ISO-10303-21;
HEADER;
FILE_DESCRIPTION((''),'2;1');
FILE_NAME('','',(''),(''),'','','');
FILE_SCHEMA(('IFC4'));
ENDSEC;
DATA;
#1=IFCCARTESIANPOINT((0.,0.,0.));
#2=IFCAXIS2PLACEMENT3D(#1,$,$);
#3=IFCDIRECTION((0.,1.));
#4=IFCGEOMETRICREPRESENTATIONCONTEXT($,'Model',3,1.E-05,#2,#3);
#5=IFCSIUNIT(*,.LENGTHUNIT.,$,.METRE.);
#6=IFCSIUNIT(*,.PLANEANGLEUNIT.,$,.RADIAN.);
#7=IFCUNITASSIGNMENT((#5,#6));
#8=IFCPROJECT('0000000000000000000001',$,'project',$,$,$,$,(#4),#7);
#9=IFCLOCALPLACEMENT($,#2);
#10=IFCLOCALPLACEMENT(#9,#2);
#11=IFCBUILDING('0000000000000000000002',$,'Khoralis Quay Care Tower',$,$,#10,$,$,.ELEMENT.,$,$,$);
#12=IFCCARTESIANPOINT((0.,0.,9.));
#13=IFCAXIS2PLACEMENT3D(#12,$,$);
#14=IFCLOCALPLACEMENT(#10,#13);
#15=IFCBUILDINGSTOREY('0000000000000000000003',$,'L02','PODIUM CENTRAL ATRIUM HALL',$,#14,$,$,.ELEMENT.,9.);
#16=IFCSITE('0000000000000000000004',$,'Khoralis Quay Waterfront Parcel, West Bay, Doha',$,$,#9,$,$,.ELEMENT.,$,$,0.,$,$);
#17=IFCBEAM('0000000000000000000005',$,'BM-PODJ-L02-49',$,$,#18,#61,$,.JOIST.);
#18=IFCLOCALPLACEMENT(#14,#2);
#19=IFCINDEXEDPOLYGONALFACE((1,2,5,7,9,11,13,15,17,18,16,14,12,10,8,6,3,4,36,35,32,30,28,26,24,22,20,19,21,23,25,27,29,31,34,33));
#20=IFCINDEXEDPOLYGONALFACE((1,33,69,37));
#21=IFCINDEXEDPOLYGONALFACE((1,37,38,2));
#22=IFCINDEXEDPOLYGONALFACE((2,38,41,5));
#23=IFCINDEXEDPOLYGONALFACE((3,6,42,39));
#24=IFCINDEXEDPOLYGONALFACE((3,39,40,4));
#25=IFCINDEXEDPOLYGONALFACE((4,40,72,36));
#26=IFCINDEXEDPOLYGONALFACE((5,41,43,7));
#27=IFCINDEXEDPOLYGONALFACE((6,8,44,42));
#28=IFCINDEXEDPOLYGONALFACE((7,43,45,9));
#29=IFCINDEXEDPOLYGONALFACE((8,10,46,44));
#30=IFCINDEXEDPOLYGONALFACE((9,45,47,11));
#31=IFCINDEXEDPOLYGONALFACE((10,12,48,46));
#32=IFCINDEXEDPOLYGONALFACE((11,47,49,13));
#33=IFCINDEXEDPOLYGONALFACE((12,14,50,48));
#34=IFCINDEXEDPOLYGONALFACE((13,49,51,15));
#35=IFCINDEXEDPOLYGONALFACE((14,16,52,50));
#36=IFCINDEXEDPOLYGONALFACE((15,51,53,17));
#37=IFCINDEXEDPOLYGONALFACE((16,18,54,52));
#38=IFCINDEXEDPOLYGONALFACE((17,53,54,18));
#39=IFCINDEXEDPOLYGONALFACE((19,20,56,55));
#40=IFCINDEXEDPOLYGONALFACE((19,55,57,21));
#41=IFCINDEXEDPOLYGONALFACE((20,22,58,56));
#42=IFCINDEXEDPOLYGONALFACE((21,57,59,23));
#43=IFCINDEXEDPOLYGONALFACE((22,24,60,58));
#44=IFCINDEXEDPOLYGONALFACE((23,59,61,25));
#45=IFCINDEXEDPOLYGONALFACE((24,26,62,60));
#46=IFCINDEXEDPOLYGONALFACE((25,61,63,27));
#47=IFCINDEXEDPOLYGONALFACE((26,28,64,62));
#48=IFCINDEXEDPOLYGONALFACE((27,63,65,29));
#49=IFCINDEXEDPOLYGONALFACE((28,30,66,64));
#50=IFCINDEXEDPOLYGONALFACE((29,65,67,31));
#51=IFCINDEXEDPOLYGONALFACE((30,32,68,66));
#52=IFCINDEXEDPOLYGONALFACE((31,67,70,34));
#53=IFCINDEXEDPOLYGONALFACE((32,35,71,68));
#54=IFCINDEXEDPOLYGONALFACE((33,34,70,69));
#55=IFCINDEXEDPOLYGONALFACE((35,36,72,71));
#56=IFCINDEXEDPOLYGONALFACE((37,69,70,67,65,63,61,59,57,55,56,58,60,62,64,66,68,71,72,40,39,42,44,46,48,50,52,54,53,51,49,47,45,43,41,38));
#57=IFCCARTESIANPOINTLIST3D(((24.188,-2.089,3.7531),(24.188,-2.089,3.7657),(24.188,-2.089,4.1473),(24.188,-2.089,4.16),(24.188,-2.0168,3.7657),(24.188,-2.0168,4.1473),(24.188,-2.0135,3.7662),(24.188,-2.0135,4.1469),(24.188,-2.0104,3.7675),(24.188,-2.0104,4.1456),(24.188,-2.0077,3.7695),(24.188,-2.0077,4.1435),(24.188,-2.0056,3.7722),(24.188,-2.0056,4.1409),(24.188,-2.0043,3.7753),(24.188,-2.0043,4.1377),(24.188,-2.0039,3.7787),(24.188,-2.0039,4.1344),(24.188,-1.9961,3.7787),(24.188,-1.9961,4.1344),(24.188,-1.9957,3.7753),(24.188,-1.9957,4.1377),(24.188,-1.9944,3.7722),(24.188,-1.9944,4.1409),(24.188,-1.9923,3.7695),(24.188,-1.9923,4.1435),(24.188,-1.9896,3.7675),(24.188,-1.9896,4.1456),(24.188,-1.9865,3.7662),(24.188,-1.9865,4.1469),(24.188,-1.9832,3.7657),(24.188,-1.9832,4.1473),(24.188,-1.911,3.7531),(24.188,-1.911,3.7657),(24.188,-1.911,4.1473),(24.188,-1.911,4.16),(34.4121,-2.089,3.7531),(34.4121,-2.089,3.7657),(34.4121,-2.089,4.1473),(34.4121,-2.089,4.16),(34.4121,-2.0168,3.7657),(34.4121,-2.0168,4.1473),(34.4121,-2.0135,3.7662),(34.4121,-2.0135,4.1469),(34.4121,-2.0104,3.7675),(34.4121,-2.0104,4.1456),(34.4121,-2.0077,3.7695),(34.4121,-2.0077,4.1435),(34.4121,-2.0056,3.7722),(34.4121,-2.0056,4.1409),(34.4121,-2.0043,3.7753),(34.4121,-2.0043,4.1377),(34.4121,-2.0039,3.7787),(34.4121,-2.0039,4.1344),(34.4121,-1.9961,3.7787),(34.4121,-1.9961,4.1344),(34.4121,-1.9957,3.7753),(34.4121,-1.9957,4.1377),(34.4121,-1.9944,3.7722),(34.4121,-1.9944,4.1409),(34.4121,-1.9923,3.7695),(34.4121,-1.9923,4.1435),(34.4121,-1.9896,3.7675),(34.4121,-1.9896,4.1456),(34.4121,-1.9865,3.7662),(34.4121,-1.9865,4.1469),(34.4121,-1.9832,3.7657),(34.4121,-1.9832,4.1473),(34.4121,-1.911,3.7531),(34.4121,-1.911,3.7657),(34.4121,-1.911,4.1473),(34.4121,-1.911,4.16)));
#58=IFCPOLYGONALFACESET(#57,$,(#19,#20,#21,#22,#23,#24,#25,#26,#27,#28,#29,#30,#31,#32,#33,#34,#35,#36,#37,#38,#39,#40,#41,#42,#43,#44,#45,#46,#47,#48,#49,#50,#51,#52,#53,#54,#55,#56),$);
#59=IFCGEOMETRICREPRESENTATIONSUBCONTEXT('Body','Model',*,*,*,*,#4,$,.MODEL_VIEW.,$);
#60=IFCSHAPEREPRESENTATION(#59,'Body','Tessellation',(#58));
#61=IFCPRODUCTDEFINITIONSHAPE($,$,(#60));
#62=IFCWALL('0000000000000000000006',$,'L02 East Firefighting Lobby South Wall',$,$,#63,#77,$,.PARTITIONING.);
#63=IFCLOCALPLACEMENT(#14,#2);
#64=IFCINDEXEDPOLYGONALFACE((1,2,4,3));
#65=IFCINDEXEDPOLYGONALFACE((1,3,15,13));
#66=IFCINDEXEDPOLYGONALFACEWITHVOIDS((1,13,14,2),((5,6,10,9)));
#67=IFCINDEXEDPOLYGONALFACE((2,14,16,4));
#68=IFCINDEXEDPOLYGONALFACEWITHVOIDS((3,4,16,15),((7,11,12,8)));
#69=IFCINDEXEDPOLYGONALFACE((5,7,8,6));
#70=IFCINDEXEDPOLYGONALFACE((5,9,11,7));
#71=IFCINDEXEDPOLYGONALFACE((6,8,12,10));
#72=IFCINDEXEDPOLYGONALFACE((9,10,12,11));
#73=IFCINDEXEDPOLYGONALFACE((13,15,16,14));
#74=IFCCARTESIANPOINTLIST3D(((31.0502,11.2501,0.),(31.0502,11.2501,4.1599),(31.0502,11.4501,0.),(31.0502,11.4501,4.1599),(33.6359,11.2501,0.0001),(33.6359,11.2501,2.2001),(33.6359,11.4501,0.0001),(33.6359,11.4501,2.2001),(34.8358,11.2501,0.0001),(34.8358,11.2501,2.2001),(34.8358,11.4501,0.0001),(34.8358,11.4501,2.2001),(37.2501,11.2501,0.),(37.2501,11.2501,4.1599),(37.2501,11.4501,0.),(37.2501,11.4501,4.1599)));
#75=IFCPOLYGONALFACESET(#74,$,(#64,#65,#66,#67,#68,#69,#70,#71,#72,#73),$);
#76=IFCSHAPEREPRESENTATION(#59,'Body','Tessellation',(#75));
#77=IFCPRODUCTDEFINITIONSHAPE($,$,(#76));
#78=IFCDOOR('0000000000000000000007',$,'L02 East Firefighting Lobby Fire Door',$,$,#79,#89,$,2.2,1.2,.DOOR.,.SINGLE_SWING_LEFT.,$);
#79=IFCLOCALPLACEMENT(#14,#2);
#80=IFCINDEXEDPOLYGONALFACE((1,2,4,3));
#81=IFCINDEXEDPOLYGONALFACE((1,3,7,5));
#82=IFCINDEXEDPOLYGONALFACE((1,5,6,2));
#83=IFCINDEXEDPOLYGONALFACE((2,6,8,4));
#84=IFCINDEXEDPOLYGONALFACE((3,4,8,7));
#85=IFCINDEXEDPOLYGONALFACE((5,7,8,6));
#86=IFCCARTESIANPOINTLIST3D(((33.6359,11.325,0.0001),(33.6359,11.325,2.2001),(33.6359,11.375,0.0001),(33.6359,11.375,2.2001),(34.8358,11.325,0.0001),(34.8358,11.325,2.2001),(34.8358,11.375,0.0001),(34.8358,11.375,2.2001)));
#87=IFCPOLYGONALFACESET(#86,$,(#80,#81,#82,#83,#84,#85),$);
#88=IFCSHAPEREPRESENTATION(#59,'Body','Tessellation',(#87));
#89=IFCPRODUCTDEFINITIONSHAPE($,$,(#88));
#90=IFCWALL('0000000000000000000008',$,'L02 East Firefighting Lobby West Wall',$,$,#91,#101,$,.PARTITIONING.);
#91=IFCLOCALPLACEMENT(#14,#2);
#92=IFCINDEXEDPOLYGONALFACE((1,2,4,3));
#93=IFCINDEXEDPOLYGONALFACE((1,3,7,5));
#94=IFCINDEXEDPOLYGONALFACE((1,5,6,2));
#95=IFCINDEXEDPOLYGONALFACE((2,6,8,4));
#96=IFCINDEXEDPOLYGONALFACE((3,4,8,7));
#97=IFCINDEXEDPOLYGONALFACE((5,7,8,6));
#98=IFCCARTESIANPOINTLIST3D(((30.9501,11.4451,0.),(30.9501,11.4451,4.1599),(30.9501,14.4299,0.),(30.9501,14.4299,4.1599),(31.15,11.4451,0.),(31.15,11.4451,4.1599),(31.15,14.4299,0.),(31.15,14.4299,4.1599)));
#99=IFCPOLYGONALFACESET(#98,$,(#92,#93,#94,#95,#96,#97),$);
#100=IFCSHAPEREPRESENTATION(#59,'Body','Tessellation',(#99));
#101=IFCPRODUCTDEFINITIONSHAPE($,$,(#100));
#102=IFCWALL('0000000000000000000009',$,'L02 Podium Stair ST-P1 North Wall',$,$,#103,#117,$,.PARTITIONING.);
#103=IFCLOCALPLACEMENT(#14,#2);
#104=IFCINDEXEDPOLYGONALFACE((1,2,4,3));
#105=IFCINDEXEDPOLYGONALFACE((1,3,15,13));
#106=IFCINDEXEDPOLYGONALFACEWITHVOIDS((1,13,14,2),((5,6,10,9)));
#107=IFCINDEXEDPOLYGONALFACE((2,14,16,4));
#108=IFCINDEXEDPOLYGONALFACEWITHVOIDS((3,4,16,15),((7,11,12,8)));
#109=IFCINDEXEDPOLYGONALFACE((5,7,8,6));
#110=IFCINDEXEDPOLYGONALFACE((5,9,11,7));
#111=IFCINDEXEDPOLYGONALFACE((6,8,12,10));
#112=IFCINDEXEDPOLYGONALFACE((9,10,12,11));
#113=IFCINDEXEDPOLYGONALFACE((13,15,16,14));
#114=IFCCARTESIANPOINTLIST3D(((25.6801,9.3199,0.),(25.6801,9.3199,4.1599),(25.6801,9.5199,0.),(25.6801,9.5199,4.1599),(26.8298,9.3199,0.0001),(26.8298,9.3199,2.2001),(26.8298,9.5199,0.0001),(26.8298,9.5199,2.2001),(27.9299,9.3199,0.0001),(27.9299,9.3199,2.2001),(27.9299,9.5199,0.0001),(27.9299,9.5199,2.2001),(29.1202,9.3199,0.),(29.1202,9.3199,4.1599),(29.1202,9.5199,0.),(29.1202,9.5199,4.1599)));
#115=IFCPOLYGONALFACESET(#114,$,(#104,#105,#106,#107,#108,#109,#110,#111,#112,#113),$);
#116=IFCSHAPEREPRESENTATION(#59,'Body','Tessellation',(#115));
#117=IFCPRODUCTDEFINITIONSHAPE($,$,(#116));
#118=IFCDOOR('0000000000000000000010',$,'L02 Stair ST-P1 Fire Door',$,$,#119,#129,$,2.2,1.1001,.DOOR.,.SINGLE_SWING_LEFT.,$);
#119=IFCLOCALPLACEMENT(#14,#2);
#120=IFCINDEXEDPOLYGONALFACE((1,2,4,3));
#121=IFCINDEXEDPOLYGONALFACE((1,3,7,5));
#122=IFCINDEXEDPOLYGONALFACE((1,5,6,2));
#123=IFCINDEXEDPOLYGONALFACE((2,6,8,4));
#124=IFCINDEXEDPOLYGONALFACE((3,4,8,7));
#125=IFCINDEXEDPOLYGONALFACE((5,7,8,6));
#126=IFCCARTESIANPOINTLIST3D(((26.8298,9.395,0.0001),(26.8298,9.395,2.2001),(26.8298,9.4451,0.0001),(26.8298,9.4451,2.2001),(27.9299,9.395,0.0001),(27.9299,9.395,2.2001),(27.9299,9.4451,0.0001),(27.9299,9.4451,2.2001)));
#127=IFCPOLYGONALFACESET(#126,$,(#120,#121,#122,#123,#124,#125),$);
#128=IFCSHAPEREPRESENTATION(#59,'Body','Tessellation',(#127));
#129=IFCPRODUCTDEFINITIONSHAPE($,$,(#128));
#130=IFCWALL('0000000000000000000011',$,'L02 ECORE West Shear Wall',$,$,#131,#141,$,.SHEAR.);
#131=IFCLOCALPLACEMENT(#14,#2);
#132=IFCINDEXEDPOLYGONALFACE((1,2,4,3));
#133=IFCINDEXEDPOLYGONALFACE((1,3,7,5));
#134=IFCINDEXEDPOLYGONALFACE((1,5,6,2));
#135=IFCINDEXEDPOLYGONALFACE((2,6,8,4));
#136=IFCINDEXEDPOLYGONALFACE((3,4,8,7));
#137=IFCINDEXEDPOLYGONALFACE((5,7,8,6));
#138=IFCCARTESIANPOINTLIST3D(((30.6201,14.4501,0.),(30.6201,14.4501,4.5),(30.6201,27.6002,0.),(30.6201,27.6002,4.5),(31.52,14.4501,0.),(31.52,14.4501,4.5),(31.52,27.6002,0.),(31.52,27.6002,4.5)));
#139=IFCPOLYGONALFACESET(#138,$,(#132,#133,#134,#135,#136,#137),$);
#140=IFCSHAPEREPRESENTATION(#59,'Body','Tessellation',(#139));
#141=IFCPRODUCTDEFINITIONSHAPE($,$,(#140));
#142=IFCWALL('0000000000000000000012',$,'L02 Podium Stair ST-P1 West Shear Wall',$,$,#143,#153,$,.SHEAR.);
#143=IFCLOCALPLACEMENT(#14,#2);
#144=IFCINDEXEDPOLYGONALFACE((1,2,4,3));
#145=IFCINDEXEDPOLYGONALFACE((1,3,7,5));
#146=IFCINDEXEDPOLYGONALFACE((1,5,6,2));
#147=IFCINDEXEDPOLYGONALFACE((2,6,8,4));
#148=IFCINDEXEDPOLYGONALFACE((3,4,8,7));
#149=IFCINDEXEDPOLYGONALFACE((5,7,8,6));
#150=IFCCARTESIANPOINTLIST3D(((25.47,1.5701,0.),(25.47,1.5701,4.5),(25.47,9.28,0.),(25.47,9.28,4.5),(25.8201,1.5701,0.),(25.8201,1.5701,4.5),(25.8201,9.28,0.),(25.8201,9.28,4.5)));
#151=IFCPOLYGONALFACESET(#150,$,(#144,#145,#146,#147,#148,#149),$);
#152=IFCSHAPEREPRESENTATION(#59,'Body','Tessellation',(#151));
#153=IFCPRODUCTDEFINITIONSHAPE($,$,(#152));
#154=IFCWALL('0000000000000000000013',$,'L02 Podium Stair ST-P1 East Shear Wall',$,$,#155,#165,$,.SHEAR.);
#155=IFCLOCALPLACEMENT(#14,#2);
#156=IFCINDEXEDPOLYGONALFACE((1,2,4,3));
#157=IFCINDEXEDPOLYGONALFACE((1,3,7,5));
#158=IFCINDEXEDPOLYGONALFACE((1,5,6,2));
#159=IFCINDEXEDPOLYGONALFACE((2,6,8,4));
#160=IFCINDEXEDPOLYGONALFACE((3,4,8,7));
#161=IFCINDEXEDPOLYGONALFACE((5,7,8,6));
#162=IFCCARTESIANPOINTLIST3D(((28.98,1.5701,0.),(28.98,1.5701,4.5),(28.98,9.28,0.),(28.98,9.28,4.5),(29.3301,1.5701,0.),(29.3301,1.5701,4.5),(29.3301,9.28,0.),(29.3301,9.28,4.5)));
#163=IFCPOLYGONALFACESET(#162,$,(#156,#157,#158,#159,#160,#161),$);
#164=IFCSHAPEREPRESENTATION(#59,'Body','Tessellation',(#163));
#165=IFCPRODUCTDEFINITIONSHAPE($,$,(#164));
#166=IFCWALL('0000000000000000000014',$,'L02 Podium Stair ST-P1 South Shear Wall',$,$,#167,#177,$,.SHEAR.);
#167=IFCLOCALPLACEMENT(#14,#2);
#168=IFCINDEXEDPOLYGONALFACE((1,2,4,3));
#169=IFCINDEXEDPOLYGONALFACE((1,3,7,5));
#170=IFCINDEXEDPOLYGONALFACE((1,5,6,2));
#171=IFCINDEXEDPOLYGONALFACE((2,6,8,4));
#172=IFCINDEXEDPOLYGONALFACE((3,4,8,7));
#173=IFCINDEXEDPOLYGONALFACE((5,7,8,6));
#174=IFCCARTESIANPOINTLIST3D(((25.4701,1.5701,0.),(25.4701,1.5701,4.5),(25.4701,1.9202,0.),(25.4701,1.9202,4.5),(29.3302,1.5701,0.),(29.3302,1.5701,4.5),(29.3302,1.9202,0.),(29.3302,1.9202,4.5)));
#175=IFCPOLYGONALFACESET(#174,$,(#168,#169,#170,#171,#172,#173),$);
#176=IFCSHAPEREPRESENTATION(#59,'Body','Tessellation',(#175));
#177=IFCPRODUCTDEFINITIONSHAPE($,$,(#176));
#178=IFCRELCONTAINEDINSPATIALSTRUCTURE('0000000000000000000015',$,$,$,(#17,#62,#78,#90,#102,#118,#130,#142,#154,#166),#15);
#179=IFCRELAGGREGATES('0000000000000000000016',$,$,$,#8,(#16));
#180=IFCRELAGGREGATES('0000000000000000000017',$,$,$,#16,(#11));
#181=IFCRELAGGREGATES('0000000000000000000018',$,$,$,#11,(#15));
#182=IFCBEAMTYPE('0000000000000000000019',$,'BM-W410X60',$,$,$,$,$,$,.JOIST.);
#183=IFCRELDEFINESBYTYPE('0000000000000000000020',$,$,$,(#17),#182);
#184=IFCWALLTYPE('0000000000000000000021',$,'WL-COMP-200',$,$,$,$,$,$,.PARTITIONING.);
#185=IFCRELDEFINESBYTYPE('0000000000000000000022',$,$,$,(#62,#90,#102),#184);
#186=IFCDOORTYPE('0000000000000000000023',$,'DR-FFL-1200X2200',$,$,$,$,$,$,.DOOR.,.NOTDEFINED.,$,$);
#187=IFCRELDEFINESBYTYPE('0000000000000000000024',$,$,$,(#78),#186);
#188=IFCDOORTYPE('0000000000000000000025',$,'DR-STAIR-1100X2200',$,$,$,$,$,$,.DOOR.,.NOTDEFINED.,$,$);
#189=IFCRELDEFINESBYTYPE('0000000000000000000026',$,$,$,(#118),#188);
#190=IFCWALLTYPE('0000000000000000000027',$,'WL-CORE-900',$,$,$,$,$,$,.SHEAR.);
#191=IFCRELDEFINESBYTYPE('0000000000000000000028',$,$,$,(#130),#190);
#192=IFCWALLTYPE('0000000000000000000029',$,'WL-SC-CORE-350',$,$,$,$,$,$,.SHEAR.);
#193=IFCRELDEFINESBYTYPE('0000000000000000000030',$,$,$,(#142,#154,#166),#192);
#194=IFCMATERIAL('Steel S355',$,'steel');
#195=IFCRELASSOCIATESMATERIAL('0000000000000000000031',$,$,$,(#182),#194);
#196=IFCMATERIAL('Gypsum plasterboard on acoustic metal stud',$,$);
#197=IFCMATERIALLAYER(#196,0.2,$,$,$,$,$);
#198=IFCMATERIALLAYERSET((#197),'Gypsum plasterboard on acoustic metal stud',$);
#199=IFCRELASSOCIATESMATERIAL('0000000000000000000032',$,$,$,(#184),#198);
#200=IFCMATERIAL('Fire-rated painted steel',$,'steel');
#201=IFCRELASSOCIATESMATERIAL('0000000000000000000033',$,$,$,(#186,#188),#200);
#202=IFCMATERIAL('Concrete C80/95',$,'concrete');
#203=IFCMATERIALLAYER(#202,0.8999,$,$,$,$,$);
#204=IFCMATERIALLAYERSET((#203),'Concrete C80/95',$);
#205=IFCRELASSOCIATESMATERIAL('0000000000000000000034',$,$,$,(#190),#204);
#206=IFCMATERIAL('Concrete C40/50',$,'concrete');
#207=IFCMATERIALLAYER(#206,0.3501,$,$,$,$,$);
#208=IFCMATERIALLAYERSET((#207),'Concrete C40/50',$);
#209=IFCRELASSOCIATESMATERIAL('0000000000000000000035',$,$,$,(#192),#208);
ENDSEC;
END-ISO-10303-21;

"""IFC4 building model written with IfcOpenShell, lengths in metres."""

from ifc_helpers import new_model, si_unit, direction, frame, frame_2d, origin, origin_2d, place, context, subcontext, project, spatial, rectangle, i_section, extrude, source, transform, mapped, material, layer, layer_set, material_profile, profile_set, type_object, element, fill, save


model = new_model("IFC4")

# Units and contexts
model_context = context("Model", 3, precision=1e-05, world=origin(), true_north=direction((0.0, 1.0)))
body_context = subcontext(model_context, "Body", "Model", "MODEL_VIEW")
ifc_project = project(units=[si_unit("LENGTHUNIT", "METRE"), si_unit("PLANEANGLEUNIT", "RADIAN")], contexts=[model_context])

# Site, building, storey
site_placement = place(None, origin())
site = spatial("IfcSite", under=ifc_project, at=site_placement, Name="Khoralis Quay Waterfront Parcel, West Bay, Doha", CompositionType="ELEMENT", RefElevation=0.0)
building_placement = place(site_placement, origin())
building = spatial("IfcBuilding", under=site, at=building_placement, Name="Khoralis Quay Care Tower", CompositionType="ELEMENT")
storey_placement = place(building_placement, frame((0.0, 0.0, 9.0)))
storey = spatial("IfcBuildingStorey", under=building, at=storey_placement, Name="L02", Description="PODIUM CENTRAL ATRIUM HALL", CompositionType="ELEMENT", Elevation=9.0)

# Shared definitions
ifc_material_1 = material(Name="Concrete C80/95", Category="concrete")

# Beam
ifc_material_2 = material(Name="Steel S355", Category="steel")
ifc_material_profile_1 = material_profile(ifc_material_2, i_section(OverallWidth=0.178, OverallDepth=0.407, WebThickness=0.0078, FlangeThickness=0.0127, FilletRadius=0.0129, at=origin_2d()), Name="Steel S355")
ifc_profile_set_1 = profile_set([ifc_material_profile_1], Name="Steel S355")
beam_type_1 = type_object("IfcBeamType", Name="BM-W410X60", PredefinedType="JOIST", material=ifc_profile_set_1)
shared_shape_1 = source(origin(), body_context, "Body", "SweptSolid", [
    extrude(i_section(OverallWidth=0.178, OverallDepth=0.407, WebThickness=0.0078, FlangeThickness=0.0127, FilletRadius=0.0129, at=origin_2d()), origin(), (0.0, 0.0, 1.0), 10.2241),
])
beam_1_placement = place(storey_placement, frame((24.188, -2.0, 3.9565), z_axis=(1.0, 0.0, 0.0), x_axis=(0.0, 1.0, 0.0)))
element("IfcBeam", 1, at=beam_1_placement, inside=storey, type_object=beam_type_1, Name="BM-PODJ-L02-49", PredefinedType="JOIST", context=body_context, shape_type="MappedRepresentation", body=[
    mapped(shared_shape_1, transform((0.0, 0.0, 0.0), scale=1.0)),
])

# Wall, opening, door
ifc_material_3 = material(Name="Gypsum plasterboard on acoustic metal stud")
ifc_layer_1 = layer(ifc_material_3, 0.2)
ifc_layer_set_1 = layer_set([ifc_layer_1], Name="Gypsum plasterboard on acoustic metal stud")
wall_type_1 = type_object("IfcWallType", Name="WL-COMP-200", PredefinedType="PARTITIONING", material=ifc_layer_set_1)
wall_1_placement = place(storey_placement, frame((31.05, 11.3501, 0.0), z_axis=(0.0, 0.0, 1.0), x_axis=(1.0, 0.0, 0.0)))
wall_1 = element("IfcWall", 2, at=wall_1_placement, inside=storey, type_object=wall_type_1, Name="L02 East Firefighting Lobby South Wall", PredefinedType="PARTITIONING", context=body_context, shape_type="SweptSolid", body=[
    extrude(rectangle(XDim=6.2, YDim=0.2, at=frame_2d((3.1001, 0.0))), origin(), (0.0, 0.0, 1.0), 4.1599),
])
opening_1_placement = place(wall_1_placement, frame((2.5857, 0.0, 0.0)))
opening_1 = element("IfcOpeningElement", 3, at=opening_1_placement, cuts=wall_1, PredefinedType="OPENING", context=body_context, shape_type="SweptSolid", body=[
    extrude(rectangle(XDim=1.2, YDim=2.2, at=frame_2d((0.6001, 1.1001))), frame((0.0, 0.1099, 0.0), z_axis=(0.0, -1.0, 0.0), x_axis=(1.0, 0.0, 0.0)), (0.0, 0.0, 1.0), 0.22),
])
ifc_material_4 = material(Name="Fire-rated painted steel", Category="steel")
door_type_1 = type_object("IfcDoorType", Name="DR-FFL-1200X2200", OperationType="NOTDEFINED", PredefinedType="DOOR", material=ifc_material_4)
shared_shape_2 = source(origin(), body_context, "Body", "SweptSolid", [
    extrude(rectangle(XDim=1.2, YDim=2.2, at=frame_2d((0.6001, 1.1001))), frame((0.0, 0.0249, 0.0), z_axis=(0.0, -1.0, 0.0), x_axis=(1.0, 0.0, 0.0)), (0.0, 0.0, 1.0), 0.05),
])
door_1_placement = place(opening_1_placement, origin())
door_1 = element("IfcDoor", 4, at=door_1_placement, inside=storey, type_object=door_type_1, Name="L02 East Firefighting Lobby Fire Door", OperationType="SINGLE_SWING_LEFT", OverallHeight=2.2, OverallWidth=1.2, PredefinedType="DOOR", context=body_context, shape_type="MappedRepresentation", body=[
    mapped(shared_shape_2, transform((0.0, 0.0, 0.0), scale=1.0)),
])
fill(opening_1, door_1)

# Wall
wall_2_placement = place(storey_placement, frame((31.05, 11.4451, 0.0), z_axis=(0.0, 0.0, 1.0), x_axis=(0.0, 1.0, 0.0)))
element("IfcWall", 5, at=wall_2_placement, inside=storey, type_object=wall_type_1, Name="L02 East Firefighting Lobby West Wall", PredefinedType="PARTITIONING", context=body_context, shape_type="SweptSolid", body=[
    extrude(rectangle(XDim=2.9849, YDim=0.2, at=frame_2d((1.4924, 0.0))), origin(), (0.0, 0.0, 1.0), 4.1599),
])

# Wall, opening, door
wall_3_placement = place(storey_placement, frame((25.6799, 9.4199, 0.0), z_axis=(0.0, 0.0, 1.0), x_axis=(1.0, 0.0, 0.0)))
wall_3 = element("IfcWall", 6, at=wall_3_placement, inside=storey, type_object=wall_type_1, Name="L02 Podium Stair ST-P1 North Wall", PredefinedType="PARTITIONING", context=body_context, shape_type="SweptSolid", body=[
    extrude(rectangle(XDim=3.4402, YDim=0.2, at=frame_2d((1.7202, 0.0))), origin(), (0.0, 0.0, 1.0), 4.1599),
])
opening_2_placement = place(wall_3_placement, frame((1.1499, 0.0, 0.0)))
opening_2 = element("IfcOpeningElement", 7, at=opening_2_placement, cuts=wall_3, PredefinedType="OPENING", context=body_context, shape_type="SweptSolid", body=[
    extrude(rectangle(XDim=1.1001, YDim=2.2, at=frame_2d((0.55, 1.1001))), frame((0.0, 0.1099, 0.0), z_axis=(0.0, -1.0, 0.0), x_axis=(1.0, 0.0, 0.0)), (0.0, 0.0, 1.0), 0.22),
])
door_type_2 = type_object("IfcDoorType", Name="DR-STAIR-1100X2200", OperationType="NOTDEFINED", PredefinedType="DOOR", material=ifc_material_4)
shared_shape_3 = source(origin(), body_context, "Body", "SweptSolid", [
    extrude(rectangle(XDim=1.1001, YDim=2.2, at=frame_2d((0.55, 1.1001))), frame((0.0, 0.0249, 0.0), z_axis=(0.0, -1.0, 0.0), x_axis=(1.0, 0.0, 0.0)), (0.0, 0.0, 1.0), 0.05),
])
door_2_placement = place(opening_2_placement, frame((1.1001, 0.0, 0.0), z_axis=(0.0, 0.0, 1.0), x_axis=(-1.0, 0.0, 0.0)))
door_2 = element("IfcDoor", 8, at=door_2_placement, inside=storey, type_object=door_type_2, Name="L02 Stair ST-P1 Fire Door", OperationType="SINGLE_SWING_LEFT", OverallHeight=2.2, OverallWidth=1.1001, PredefinedType="DOOR", context=body_context, shape_type="MappedRepresentation", body=[
    mapped(shared_shape_3, transform((0.0, 0.0, 0.0), scale=1.0)),
])
fill(opening_2, door_2)

# Walls
ifc_layer_2 = layer(ifc_material_1, 0.8999)
ifc_layer_set_2 = layer_set([ifc_layer_2], Name="Concrete C80/95")
wall_type_2 = type_object("IfcWallType", Name="WL-CORE-900", PredefinedType="SHEAR", material=ifc_layer_set_2)
wall_4_placement = place(storey_placement, frame((31.0701, 14.45, 0.0), z_axis=(0.0, 0.0, 1.0), x_axis=(0.0, 1.0, 0.0)))
element("IfcWall", 9, at=wall_4_placement, inside=storey, type_object=wall_type_2, Name="L02 ECORE West Shear Wall", PredefinedType="SHEAR", context=body_context, shape_type="SweptSolid", body=[
    extrude(rectangle(XDim=13.1501, YDim=0.8999, at=frame_2d((6.5752, 0.0))), origin(), (0.0, 0.0, 1.0), 4.5),
])
ifc_material_5 = material(Name="Concrete C40/50", Category="concrete")
ifc_layer_3 = layer(ifc_material_5, 0.3501)
ifc_layer_set_3 = layer_set([ifc_layer_3], Name="Concrete C40/50")
wall_type_3 = type_object("IfcWallType", Name="WL-SC-CORE-350", PredefinedType="SHEAR", material=ifc_layer_set_3)
for number, where, z_axis, x_axis, name in (
    (10, (25.645, 1.5701, 0.0), (0.0, 0.0, 1.0), (0.0, 1.0, 0.0), "L02 Podium Stair ST-P1 West Shear Wall"),
    (11, (29.155, 1.5701, 0.0), (0.0, 0.0, 1.0), (0.0, 1.0, 0.0), "L02 Podium Stair ST-P1 East Shear Wall"),
):
    element("IfcWall", number, at=place(storey_placement, frame(where, z_axis=z_axis, x_axis=x_axis)), inside=storey, type_object=wall_type_3, Name=name, PredefinedType="SHEAR", context=body_context, shape_type="SweptSolid", body=[
        extrude(rectangle(XDim=7.71, YDim=0.3501, at=frame_2d((3.855, 0.0))), origin(), (0.0, 0.0, 1.0), 4.5),
    ])
wall_5_placement = place(storey_placement, frame((25.47, 1.7451, 0.0), z_axis=(0.0, 0.0, 1.0), x_axis=(1.0, 0.0, 0.0)))
element("IfcWall", 12, at=wall_5_placement, inside=storey, type_object=wall_type_3, Name="L02 Podium Stair ST-P1 South Shear Wall", PredefinedType="SHEAR", context=body_context, shape_type="SweptSolid", body=[
    extrude(rectangle(XDim=3.8601, YDim=0.3501, at=frame_2d((1.9302, 0.0))), origin(), (0.0, 0.0, 1.0), 4.5),
])

save(model, "model.ifc")
